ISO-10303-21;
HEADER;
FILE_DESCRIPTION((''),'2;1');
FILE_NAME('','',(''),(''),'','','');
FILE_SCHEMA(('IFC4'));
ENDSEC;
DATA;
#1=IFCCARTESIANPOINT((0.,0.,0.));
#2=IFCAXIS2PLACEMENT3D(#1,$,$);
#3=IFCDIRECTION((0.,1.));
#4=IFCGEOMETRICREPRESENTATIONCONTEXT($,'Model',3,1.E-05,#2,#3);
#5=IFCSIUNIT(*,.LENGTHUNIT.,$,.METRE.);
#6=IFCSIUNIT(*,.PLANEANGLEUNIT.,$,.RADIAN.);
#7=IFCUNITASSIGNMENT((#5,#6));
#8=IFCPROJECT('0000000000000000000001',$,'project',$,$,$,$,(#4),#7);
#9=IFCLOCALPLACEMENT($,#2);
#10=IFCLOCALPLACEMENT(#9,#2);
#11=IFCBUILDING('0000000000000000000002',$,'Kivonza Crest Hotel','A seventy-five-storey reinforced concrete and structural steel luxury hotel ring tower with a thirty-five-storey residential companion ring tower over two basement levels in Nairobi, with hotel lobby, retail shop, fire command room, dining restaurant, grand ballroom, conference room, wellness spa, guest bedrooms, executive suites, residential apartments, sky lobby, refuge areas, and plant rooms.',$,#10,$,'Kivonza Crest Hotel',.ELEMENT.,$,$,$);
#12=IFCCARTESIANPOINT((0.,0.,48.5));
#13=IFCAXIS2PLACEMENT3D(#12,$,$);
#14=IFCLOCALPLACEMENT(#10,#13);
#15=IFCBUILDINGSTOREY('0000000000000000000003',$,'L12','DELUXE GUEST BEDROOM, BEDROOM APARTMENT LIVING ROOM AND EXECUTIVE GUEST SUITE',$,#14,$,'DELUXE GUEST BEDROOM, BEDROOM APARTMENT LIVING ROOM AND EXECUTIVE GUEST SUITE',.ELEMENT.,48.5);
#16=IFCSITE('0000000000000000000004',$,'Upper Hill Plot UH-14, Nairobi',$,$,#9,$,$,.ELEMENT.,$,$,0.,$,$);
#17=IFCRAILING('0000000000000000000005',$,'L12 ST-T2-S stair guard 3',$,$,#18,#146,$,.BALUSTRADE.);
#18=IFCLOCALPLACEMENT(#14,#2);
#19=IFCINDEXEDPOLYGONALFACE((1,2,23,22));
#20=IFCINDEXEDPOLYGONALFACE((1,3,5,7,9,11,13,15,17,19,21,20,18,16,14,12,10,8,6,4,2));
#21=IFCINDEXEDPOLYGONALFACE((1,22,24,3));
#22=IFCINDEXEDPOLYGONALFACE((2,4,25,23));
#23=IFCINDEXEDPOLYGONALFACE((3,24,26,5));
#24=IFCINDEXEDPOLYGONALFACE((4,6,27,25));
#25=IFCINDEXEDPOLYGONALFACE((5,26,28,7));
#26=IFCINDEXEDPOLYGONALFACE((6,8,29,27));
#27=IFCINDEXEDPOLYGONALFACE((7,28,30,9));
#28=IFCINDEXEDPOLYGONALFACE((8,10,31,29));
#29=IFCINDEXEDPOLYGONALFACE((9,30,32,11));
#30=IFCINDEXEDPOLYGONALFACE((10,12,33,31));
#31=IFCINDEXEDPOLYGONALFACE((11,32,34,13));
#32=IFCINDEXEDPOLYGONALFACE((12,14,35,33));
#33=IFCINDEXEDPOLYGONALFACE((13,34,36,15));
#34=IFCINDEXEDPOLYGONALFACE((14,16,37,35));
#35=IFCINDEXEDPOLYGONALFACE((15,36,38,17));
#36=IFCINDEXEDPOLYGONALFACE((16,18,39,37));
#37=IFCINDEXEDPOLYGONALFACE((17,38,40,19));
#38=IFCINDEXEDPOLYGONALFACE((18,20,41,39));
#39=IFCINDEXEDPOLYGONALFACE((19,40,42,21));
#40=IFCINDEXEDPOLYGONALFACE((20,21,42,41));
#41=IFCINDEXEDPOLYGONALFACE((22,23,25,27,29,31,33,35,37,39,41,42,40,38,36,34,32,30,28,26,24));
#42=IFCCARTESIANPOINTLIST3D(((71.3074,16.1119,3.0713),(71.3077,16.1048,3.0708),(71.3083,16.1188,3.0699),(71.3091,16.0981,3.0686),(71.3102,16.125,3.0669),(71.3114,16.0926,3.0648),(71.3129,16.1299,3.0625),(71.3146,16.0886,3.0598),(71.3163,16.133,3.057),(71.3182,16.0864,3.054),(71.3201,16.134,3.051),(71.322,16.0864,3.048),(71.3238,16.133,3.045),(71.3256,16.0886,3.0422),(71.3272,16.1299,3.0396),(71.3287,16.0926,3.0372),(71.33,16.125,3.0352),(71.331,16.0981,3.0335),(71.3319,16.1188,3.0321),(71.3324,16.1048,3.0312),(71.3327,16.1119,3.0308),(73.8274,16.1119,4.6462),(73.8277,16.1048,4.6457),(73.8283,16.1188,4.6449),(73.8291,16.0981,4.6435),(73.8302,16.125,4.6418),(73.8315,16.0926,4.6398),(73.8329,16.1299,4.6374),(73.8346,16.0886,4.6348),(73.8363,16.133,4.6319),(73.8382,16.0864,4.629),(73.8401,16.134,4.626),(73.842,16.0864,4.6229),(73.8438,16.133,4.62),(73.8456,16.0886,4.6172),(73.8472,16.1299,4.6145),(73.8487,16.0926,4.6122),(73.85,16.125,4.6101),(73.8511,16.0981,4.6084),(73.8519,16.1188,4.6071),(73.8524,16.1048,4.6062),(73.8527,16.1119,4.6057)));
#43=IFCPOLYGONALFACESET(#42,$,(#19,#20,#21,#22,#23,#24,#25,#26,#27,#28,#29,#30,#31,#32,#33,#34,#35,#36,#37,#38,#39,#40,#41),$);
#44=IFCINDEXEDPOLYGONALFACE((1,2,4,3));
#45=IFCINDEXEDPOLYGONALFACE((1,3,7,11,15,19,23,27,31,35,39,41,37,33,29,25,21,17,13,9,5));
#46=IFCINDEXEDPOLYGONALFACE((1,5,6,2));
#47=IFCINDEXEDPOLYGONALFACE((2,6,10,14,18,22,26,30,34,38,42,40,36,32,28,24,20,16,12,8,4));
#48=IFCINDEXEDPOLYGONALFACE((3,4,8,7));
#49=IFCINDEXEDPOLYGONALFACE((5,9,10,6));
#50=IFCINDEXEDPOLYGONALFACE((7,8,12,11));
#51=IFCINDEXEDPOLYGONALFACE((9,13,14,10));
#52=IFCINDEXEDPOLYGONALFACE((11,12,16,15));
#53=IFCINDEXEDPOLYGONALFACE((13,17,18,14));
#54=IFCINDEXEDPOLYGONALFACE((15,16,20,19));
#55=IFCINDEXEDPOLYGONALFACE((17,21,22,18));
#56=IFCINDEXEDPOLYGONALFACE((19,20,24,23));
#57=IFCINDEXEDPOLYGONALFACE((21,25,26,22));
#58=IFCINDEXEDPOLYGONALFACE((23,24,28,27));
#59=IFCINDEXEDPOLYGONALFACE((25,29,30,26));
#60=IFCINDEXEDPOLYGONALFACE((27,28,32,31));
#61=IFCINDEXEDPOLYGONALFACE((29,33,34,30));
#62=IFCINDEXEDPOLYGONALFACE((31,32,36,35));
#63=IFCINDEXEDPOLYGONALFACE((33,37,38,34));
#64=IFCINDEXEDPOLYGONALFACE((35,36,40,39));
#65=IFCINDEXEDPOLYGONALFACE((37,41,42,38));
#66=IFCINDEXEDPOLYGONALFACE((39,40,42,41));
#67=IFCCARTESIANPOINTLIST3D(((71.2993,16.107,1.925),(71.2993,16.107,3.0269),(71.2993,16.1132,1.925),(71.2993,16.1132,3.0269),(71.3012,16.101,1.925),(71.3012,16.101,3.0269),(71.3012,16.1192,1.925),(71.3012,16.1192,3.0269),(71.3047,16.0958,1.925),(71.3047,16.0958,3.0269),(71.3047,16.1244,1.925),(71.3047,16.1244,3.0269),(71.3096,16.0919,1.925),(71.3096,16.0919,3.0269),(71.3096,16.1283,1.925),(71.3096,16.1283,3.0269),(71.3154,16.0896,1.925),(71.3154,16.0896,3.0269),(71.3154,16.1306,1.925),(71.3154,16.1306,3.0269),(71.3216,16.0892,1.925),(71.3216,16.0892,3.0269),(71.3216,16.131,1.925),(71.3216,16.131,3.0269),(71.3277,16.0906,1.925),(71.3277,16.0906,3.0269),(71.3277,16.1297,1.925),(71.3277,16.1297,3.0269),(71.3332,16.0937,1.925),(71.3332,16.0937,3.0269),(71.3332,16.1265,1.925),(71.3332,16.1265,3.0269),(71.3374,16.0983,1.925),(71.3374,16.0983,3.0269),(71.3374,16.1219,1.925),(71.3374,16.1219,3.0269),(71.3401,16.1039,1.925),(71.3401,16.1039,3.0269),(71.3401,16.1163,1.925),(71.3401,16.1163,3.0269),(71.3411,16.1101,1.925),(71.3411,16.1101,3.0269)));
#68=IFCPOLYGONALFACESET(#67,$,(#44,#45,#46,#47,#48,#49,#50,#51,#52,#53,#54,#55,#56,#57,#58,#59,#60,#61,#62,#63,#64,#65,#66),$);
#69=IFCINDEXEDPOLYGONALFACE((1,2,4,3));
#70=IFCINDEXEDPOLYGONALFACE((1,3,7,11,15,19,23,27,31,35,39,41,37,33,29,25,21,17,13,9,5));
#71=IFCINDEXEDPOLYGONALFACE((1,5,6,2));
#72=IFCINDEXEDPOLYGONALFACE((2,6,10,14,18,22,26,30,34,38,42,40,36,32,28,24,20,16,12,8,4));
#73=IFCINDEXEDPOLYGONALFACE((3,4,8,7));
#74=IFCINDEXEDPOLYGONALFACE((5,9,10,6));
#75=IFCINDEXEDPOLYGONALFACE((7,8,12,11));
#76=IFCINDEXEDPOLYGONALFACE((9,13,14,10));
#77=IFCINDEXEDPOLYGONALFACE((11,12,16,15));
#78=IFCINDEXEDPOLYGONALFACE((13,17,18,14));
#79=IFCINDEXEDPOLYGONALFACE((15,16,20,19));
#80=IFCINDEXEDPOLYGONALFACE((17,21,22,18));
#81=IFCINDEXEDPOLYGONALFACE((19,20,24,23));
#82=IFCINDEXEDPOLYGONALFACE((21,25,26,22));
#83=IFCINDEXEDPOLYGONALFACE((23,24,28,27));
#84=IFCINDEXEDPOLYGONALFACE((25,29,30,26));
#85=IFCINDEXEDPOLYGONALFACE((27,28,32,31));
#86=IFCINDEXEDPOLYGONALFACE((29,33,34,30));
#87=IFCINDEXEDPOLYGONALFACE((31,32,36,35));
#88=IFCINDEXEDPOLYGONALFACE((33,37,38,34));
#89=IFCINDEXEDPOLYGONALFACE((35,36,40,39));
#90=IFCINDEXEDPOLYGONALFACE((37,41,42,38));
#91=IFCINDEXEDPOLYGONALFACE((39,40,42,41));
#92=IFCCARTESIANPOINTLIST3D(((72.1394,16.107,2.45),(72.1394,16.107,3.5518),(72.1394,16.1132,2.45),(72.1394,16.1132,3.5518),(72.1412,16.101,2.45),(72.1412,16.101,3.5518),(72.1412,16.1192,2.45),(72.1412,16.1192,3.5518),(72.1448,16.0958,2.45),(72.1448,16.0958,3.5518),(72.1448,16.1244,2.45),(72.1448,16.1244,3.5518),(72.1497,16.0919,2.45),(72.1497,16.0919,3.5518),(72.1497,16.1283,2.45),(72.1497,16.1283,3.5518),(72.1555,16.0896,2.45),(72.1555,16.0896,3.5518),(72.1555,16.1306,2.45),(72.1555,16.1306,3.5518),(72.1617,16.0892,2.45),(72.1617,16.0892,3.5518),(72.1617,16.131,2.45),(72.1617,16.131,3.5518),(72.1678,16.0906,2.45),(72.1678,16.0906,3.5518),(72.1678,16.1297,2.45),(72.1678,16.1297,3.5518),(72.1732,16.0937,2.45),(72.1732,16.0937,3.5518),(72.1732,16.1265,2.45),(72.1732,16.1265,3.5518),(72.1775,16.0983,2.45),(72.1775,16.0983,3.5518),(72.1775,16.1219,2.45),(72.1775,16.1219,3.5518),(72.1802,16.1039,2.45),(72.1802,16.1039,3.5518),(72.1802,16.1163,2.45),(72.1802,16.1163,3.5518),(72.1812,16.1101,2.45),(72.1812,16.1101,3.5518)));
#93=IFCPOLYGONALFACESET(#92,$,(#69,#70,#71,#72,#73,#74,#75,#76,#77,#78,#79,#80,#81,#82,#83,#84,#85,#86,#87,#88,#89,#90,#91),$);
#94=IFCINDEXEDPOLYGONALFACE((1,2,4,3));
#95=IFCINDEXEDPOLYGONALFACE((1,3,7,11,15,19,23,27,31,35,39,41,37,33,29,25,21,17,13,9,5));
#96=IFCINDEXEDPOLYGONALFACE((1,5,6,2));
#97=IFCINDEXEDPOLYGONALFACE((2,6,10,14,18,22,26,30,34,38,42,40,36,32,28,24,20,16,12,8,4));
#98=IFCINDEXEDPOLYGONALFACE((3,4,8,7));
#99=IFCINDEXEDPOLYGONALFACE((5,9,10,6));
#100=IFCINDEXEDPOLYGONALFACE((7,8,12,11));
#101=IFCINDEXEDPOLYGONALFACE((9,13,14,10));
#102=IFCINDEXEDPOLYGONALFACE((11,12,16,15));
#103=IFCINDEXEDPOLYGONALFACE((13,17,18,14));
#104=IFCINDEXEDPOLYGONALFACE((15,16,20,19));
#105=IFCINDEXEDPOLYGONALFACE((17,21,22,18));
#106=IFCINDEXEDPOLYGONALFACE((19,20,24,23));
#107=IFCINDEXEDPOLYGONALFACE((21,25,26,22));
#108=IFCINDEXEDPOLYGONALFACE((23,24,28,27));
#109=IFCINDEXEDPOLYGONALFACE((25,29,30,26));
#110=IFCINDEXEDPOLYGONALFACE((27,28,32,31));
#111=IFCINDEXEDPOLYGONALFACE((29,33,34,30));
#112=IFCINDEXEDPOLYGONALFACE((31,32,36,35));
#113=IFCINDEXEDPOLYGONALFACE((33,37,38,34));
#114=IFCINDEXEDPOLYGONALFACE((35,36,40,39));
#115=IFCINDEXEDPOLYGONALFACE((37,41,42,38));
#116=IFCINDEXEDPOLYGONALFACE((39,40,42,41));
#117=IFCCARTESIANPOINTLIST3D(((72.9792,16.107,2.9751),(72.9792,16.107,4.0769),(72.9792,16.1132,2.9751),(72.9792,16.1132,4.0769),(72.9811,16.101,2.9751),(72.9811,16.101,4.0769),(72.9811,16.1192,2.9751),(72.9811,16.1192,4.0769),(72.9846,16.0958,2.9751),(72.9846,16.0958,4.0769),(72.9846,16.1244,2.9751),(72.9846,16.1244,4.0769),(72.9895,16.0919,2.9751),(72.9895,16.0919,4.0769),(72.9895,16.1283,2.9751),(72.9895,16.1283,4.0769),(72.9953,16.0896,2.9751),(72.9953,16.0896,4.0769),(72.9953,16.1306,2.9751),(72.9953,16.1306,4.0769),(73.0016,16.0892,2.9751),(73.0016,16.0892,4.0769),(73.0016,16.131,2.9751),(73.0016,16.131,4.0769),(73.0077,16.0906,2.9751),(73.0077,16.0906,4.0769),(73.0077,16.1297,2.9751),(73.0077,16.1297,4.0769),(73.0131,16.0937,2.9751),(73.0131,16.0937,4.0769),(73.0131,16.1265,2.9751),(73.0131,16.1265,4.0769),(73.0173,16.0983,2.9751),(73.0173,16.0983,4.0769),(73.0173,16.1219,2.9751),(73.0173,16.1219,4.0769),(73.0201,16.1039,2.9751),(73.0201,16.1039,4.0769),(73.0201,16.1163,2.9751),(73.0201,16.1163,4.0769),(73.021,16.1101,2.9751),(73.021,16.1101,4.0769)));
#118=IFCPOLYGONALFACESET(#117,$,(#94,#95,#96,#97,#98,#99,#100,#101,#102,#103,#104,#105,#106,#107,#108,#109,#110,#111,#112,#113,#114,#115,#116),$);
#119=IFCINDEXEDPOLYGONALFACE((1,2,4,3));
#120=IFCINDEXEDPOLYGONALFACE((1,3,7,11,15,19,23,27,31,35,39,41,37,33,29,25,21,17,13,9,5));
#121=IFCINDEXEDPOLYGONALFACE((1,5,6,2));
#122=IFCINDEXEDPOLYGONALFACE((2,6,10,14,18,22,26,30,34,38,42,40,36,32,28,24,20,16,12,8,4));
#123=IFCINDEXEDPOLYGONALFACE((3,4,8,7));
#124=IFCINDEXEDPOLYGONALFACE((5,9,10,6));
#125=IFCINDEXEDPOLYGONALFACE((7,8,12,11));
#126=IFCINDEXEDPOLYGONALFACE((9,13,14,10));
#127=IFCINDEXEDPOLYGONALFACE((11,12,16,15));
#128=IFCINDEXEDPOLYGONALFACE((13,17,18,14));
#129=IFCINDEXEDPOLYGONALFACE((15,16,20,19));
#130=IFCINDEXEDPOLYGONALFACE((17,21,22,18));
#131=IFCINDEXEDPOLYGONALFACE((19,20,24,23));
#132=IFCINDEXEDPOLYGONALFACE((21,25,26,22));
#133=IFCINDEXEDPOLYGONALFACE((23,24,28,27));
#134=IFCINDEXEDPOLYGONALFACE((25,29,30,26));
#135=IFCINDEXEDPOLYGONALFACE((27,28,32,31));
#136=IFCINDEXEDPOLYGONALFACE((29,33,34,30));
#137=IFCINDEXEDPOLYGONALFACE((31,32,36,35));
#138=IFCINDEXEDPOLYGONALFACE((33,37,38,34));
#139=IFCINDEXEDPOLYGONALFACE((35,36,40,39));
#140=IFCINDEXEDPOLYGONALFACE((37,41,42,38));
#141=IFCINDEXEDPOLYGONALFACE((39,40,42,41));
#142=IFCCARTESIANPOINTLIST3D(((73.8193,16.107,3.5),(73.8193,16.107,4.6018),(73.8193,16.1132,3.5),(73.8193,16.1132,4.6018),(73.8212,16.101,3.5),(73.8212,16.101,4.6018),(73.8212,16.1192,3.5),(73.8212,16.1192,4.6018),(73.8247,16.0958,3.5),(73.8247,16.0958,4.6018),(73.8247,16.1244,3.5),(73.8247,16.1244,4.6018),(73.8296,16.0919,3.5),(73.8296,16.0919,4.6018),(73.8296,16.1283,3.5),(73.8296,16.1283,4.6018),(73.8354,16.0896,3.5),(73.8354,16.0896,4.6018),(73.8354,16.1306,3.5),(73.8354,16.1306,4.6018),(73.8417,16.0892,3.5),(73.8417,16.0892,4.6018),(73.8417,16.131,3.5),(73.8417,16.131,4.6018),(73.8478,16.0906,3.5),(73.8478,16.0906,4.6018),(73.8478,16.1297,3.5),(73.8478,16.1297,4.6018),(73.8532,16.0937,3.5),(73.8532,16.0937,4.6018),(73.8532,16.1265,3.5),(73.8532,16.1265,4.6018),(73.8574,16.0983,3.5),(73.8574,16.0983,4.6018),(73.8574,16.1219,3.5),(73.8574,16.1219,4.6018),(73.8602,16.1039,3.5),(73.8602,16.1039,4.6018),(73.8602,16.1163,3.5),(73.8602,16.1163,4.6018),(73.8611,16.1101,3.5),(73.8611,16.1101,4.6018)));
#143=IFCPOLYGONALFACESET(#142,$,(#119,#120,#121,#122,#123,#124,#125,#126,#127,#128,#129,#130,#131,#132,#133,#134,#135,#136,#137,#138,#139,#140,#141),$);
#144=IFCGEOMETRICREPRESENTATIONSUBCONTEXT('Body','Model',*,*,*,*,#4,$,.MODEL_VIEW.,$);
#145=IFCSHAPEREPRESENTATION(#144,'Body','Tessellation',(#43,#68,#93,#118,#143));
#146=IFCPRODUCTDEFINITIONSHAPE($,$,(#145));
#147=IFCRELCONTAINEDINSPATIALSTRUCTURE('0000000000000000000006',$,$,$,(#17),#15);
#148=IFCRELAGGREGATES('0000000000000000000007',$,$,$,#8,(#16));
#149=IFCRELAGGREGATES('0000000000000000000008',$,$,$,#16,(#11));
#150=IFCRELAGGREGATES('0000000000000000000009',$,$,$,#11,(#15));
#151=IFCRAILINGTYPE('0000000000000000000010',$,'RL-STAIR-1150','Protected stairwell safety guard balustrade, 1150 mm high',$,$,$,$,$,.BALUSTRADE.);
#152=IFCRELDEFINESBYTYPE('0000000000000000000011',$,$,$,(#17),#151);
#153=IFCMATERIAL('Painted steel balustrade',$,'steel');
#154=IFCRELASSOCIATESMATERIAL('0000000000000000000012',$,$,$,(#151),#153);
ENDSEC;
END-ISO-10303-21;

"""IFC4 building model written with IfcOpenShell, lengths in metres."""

from ifc_helpers import new_model, si_unit, direction, frame, origin, origin_2d, place, context, subcontext, project, spatial, circle, extrude, material, type_object, element, save


model = new_model("IFC4")

# Units and contexts
model_context = context("Model", 3, precision=1e-05, world=origin(), true_north=direction((0.0, 1.0)))
body_context = subcontext(model_context, "Body", "Model", "MODEL_VIEW")
ifc_project = project(units=[si_unit("LENGTHUNIT", "METRE"), si_unit("PLANEANGLEUNIT", "RADIAN")], contexts=[model_context])

# Site, building, storey
site_placement = place(None, origin())
site = spatial("IfcSite", under=ifc_project, at=site_placement, Name="Upper Hill Plot UH-14, Nairobi", CompositionType="ELEMENT", RefElevation=0.0)
building_placement = place(site_placement, origin())
building = spatial("IfcBuilding", under=site, at=building_placement, Name="Kivonza Crest Hotel", Description="A seventy-five-storey reinforced concrete and structural steel luxury hotel ring tower with a thirty-five-storey residential companion ring tower over two basement levels in Nairobi, with hotel lobby, retail shop, fire command room, dining restaurant, grand ballroom, conference room, wellness spa, guest bedrooms, executive suites, residential apartments, sky lobby, refuge areas, and plant rooms.", LongName="Kivonza Crest Hotel", CompositionType="ELEMENT")
storey_placement = place(building_placement, frame((0.0, 0.0, 48.5)))
storey = spatial("IfcBuildingStorey", under=building, at=storey_placement, Name="L12", Description="DELUXE GUEST BEDROOM, BEDROOM APARTMENT LIVING ROOM AND EXECUTIVE GUEST SUITE", LongName="DELUXE GUEST BEDROOM, BEDROOM APARTMENT LIVING ROOM AND EXECUTIVE GUEST SUITE", CompositionType="ELEMENT", Elevation=48.5)

# Railing
ifc_material_1 = material(Name="Painted steel balustrade", Category="steel")
railing_type_1 = type_object("IfcRailingType", Name="RL-STAIR-1150", Description="Protected stairwell safety guard balustrade, 1150 mm high", PredefinedType="BALUSTRADE", material=ifc_material_1)
railing_1_placement = place(storey_placement, frame((71.3201, 16.1101, 1.925)))
element("IfcRailing", 1, at=railing_1_placement, inside=storey, type_object=railing_type_1, Name="L12 ST-T2-S stair guard 3", PredefinedType="BALUSTRADE", context=body_context, shape_type="SweptSolid", body=[
    extrude(circle(Radius=0.0239, at=origin_2d()), frame((0.0, 0.0, 1.126), z_axis=(0.848008, 0.0, 0.529984), x_axis=(0.0, 1.0, 0.0)), (0.0, 0.0, 1.0), 2.9717),
    extrude(circle(Radius=0.021, at=origin_2d()), origin(), (0.0, 0.0, 1.0), 1.1018),
    extrude(circle(Radius=0.021, at=origin_2d()), frame((0.8401, 0.0, 0.5249)), (0.0, 0.0, 1.0), 1.1018),
    extrude(circle(Radius=0.021, at=origin_2d()), frame((1.6799, 0.0, 1.05)), (0.0, 0.0, 1.0), 1.1018),
    extrude(circle(Radius=0.021, at=origin_2d()), frame((2.52, 0.0, 1.575)), (0.0, 0.0, 1.0), 1.1018),
])

save(model, "model.ifc")
